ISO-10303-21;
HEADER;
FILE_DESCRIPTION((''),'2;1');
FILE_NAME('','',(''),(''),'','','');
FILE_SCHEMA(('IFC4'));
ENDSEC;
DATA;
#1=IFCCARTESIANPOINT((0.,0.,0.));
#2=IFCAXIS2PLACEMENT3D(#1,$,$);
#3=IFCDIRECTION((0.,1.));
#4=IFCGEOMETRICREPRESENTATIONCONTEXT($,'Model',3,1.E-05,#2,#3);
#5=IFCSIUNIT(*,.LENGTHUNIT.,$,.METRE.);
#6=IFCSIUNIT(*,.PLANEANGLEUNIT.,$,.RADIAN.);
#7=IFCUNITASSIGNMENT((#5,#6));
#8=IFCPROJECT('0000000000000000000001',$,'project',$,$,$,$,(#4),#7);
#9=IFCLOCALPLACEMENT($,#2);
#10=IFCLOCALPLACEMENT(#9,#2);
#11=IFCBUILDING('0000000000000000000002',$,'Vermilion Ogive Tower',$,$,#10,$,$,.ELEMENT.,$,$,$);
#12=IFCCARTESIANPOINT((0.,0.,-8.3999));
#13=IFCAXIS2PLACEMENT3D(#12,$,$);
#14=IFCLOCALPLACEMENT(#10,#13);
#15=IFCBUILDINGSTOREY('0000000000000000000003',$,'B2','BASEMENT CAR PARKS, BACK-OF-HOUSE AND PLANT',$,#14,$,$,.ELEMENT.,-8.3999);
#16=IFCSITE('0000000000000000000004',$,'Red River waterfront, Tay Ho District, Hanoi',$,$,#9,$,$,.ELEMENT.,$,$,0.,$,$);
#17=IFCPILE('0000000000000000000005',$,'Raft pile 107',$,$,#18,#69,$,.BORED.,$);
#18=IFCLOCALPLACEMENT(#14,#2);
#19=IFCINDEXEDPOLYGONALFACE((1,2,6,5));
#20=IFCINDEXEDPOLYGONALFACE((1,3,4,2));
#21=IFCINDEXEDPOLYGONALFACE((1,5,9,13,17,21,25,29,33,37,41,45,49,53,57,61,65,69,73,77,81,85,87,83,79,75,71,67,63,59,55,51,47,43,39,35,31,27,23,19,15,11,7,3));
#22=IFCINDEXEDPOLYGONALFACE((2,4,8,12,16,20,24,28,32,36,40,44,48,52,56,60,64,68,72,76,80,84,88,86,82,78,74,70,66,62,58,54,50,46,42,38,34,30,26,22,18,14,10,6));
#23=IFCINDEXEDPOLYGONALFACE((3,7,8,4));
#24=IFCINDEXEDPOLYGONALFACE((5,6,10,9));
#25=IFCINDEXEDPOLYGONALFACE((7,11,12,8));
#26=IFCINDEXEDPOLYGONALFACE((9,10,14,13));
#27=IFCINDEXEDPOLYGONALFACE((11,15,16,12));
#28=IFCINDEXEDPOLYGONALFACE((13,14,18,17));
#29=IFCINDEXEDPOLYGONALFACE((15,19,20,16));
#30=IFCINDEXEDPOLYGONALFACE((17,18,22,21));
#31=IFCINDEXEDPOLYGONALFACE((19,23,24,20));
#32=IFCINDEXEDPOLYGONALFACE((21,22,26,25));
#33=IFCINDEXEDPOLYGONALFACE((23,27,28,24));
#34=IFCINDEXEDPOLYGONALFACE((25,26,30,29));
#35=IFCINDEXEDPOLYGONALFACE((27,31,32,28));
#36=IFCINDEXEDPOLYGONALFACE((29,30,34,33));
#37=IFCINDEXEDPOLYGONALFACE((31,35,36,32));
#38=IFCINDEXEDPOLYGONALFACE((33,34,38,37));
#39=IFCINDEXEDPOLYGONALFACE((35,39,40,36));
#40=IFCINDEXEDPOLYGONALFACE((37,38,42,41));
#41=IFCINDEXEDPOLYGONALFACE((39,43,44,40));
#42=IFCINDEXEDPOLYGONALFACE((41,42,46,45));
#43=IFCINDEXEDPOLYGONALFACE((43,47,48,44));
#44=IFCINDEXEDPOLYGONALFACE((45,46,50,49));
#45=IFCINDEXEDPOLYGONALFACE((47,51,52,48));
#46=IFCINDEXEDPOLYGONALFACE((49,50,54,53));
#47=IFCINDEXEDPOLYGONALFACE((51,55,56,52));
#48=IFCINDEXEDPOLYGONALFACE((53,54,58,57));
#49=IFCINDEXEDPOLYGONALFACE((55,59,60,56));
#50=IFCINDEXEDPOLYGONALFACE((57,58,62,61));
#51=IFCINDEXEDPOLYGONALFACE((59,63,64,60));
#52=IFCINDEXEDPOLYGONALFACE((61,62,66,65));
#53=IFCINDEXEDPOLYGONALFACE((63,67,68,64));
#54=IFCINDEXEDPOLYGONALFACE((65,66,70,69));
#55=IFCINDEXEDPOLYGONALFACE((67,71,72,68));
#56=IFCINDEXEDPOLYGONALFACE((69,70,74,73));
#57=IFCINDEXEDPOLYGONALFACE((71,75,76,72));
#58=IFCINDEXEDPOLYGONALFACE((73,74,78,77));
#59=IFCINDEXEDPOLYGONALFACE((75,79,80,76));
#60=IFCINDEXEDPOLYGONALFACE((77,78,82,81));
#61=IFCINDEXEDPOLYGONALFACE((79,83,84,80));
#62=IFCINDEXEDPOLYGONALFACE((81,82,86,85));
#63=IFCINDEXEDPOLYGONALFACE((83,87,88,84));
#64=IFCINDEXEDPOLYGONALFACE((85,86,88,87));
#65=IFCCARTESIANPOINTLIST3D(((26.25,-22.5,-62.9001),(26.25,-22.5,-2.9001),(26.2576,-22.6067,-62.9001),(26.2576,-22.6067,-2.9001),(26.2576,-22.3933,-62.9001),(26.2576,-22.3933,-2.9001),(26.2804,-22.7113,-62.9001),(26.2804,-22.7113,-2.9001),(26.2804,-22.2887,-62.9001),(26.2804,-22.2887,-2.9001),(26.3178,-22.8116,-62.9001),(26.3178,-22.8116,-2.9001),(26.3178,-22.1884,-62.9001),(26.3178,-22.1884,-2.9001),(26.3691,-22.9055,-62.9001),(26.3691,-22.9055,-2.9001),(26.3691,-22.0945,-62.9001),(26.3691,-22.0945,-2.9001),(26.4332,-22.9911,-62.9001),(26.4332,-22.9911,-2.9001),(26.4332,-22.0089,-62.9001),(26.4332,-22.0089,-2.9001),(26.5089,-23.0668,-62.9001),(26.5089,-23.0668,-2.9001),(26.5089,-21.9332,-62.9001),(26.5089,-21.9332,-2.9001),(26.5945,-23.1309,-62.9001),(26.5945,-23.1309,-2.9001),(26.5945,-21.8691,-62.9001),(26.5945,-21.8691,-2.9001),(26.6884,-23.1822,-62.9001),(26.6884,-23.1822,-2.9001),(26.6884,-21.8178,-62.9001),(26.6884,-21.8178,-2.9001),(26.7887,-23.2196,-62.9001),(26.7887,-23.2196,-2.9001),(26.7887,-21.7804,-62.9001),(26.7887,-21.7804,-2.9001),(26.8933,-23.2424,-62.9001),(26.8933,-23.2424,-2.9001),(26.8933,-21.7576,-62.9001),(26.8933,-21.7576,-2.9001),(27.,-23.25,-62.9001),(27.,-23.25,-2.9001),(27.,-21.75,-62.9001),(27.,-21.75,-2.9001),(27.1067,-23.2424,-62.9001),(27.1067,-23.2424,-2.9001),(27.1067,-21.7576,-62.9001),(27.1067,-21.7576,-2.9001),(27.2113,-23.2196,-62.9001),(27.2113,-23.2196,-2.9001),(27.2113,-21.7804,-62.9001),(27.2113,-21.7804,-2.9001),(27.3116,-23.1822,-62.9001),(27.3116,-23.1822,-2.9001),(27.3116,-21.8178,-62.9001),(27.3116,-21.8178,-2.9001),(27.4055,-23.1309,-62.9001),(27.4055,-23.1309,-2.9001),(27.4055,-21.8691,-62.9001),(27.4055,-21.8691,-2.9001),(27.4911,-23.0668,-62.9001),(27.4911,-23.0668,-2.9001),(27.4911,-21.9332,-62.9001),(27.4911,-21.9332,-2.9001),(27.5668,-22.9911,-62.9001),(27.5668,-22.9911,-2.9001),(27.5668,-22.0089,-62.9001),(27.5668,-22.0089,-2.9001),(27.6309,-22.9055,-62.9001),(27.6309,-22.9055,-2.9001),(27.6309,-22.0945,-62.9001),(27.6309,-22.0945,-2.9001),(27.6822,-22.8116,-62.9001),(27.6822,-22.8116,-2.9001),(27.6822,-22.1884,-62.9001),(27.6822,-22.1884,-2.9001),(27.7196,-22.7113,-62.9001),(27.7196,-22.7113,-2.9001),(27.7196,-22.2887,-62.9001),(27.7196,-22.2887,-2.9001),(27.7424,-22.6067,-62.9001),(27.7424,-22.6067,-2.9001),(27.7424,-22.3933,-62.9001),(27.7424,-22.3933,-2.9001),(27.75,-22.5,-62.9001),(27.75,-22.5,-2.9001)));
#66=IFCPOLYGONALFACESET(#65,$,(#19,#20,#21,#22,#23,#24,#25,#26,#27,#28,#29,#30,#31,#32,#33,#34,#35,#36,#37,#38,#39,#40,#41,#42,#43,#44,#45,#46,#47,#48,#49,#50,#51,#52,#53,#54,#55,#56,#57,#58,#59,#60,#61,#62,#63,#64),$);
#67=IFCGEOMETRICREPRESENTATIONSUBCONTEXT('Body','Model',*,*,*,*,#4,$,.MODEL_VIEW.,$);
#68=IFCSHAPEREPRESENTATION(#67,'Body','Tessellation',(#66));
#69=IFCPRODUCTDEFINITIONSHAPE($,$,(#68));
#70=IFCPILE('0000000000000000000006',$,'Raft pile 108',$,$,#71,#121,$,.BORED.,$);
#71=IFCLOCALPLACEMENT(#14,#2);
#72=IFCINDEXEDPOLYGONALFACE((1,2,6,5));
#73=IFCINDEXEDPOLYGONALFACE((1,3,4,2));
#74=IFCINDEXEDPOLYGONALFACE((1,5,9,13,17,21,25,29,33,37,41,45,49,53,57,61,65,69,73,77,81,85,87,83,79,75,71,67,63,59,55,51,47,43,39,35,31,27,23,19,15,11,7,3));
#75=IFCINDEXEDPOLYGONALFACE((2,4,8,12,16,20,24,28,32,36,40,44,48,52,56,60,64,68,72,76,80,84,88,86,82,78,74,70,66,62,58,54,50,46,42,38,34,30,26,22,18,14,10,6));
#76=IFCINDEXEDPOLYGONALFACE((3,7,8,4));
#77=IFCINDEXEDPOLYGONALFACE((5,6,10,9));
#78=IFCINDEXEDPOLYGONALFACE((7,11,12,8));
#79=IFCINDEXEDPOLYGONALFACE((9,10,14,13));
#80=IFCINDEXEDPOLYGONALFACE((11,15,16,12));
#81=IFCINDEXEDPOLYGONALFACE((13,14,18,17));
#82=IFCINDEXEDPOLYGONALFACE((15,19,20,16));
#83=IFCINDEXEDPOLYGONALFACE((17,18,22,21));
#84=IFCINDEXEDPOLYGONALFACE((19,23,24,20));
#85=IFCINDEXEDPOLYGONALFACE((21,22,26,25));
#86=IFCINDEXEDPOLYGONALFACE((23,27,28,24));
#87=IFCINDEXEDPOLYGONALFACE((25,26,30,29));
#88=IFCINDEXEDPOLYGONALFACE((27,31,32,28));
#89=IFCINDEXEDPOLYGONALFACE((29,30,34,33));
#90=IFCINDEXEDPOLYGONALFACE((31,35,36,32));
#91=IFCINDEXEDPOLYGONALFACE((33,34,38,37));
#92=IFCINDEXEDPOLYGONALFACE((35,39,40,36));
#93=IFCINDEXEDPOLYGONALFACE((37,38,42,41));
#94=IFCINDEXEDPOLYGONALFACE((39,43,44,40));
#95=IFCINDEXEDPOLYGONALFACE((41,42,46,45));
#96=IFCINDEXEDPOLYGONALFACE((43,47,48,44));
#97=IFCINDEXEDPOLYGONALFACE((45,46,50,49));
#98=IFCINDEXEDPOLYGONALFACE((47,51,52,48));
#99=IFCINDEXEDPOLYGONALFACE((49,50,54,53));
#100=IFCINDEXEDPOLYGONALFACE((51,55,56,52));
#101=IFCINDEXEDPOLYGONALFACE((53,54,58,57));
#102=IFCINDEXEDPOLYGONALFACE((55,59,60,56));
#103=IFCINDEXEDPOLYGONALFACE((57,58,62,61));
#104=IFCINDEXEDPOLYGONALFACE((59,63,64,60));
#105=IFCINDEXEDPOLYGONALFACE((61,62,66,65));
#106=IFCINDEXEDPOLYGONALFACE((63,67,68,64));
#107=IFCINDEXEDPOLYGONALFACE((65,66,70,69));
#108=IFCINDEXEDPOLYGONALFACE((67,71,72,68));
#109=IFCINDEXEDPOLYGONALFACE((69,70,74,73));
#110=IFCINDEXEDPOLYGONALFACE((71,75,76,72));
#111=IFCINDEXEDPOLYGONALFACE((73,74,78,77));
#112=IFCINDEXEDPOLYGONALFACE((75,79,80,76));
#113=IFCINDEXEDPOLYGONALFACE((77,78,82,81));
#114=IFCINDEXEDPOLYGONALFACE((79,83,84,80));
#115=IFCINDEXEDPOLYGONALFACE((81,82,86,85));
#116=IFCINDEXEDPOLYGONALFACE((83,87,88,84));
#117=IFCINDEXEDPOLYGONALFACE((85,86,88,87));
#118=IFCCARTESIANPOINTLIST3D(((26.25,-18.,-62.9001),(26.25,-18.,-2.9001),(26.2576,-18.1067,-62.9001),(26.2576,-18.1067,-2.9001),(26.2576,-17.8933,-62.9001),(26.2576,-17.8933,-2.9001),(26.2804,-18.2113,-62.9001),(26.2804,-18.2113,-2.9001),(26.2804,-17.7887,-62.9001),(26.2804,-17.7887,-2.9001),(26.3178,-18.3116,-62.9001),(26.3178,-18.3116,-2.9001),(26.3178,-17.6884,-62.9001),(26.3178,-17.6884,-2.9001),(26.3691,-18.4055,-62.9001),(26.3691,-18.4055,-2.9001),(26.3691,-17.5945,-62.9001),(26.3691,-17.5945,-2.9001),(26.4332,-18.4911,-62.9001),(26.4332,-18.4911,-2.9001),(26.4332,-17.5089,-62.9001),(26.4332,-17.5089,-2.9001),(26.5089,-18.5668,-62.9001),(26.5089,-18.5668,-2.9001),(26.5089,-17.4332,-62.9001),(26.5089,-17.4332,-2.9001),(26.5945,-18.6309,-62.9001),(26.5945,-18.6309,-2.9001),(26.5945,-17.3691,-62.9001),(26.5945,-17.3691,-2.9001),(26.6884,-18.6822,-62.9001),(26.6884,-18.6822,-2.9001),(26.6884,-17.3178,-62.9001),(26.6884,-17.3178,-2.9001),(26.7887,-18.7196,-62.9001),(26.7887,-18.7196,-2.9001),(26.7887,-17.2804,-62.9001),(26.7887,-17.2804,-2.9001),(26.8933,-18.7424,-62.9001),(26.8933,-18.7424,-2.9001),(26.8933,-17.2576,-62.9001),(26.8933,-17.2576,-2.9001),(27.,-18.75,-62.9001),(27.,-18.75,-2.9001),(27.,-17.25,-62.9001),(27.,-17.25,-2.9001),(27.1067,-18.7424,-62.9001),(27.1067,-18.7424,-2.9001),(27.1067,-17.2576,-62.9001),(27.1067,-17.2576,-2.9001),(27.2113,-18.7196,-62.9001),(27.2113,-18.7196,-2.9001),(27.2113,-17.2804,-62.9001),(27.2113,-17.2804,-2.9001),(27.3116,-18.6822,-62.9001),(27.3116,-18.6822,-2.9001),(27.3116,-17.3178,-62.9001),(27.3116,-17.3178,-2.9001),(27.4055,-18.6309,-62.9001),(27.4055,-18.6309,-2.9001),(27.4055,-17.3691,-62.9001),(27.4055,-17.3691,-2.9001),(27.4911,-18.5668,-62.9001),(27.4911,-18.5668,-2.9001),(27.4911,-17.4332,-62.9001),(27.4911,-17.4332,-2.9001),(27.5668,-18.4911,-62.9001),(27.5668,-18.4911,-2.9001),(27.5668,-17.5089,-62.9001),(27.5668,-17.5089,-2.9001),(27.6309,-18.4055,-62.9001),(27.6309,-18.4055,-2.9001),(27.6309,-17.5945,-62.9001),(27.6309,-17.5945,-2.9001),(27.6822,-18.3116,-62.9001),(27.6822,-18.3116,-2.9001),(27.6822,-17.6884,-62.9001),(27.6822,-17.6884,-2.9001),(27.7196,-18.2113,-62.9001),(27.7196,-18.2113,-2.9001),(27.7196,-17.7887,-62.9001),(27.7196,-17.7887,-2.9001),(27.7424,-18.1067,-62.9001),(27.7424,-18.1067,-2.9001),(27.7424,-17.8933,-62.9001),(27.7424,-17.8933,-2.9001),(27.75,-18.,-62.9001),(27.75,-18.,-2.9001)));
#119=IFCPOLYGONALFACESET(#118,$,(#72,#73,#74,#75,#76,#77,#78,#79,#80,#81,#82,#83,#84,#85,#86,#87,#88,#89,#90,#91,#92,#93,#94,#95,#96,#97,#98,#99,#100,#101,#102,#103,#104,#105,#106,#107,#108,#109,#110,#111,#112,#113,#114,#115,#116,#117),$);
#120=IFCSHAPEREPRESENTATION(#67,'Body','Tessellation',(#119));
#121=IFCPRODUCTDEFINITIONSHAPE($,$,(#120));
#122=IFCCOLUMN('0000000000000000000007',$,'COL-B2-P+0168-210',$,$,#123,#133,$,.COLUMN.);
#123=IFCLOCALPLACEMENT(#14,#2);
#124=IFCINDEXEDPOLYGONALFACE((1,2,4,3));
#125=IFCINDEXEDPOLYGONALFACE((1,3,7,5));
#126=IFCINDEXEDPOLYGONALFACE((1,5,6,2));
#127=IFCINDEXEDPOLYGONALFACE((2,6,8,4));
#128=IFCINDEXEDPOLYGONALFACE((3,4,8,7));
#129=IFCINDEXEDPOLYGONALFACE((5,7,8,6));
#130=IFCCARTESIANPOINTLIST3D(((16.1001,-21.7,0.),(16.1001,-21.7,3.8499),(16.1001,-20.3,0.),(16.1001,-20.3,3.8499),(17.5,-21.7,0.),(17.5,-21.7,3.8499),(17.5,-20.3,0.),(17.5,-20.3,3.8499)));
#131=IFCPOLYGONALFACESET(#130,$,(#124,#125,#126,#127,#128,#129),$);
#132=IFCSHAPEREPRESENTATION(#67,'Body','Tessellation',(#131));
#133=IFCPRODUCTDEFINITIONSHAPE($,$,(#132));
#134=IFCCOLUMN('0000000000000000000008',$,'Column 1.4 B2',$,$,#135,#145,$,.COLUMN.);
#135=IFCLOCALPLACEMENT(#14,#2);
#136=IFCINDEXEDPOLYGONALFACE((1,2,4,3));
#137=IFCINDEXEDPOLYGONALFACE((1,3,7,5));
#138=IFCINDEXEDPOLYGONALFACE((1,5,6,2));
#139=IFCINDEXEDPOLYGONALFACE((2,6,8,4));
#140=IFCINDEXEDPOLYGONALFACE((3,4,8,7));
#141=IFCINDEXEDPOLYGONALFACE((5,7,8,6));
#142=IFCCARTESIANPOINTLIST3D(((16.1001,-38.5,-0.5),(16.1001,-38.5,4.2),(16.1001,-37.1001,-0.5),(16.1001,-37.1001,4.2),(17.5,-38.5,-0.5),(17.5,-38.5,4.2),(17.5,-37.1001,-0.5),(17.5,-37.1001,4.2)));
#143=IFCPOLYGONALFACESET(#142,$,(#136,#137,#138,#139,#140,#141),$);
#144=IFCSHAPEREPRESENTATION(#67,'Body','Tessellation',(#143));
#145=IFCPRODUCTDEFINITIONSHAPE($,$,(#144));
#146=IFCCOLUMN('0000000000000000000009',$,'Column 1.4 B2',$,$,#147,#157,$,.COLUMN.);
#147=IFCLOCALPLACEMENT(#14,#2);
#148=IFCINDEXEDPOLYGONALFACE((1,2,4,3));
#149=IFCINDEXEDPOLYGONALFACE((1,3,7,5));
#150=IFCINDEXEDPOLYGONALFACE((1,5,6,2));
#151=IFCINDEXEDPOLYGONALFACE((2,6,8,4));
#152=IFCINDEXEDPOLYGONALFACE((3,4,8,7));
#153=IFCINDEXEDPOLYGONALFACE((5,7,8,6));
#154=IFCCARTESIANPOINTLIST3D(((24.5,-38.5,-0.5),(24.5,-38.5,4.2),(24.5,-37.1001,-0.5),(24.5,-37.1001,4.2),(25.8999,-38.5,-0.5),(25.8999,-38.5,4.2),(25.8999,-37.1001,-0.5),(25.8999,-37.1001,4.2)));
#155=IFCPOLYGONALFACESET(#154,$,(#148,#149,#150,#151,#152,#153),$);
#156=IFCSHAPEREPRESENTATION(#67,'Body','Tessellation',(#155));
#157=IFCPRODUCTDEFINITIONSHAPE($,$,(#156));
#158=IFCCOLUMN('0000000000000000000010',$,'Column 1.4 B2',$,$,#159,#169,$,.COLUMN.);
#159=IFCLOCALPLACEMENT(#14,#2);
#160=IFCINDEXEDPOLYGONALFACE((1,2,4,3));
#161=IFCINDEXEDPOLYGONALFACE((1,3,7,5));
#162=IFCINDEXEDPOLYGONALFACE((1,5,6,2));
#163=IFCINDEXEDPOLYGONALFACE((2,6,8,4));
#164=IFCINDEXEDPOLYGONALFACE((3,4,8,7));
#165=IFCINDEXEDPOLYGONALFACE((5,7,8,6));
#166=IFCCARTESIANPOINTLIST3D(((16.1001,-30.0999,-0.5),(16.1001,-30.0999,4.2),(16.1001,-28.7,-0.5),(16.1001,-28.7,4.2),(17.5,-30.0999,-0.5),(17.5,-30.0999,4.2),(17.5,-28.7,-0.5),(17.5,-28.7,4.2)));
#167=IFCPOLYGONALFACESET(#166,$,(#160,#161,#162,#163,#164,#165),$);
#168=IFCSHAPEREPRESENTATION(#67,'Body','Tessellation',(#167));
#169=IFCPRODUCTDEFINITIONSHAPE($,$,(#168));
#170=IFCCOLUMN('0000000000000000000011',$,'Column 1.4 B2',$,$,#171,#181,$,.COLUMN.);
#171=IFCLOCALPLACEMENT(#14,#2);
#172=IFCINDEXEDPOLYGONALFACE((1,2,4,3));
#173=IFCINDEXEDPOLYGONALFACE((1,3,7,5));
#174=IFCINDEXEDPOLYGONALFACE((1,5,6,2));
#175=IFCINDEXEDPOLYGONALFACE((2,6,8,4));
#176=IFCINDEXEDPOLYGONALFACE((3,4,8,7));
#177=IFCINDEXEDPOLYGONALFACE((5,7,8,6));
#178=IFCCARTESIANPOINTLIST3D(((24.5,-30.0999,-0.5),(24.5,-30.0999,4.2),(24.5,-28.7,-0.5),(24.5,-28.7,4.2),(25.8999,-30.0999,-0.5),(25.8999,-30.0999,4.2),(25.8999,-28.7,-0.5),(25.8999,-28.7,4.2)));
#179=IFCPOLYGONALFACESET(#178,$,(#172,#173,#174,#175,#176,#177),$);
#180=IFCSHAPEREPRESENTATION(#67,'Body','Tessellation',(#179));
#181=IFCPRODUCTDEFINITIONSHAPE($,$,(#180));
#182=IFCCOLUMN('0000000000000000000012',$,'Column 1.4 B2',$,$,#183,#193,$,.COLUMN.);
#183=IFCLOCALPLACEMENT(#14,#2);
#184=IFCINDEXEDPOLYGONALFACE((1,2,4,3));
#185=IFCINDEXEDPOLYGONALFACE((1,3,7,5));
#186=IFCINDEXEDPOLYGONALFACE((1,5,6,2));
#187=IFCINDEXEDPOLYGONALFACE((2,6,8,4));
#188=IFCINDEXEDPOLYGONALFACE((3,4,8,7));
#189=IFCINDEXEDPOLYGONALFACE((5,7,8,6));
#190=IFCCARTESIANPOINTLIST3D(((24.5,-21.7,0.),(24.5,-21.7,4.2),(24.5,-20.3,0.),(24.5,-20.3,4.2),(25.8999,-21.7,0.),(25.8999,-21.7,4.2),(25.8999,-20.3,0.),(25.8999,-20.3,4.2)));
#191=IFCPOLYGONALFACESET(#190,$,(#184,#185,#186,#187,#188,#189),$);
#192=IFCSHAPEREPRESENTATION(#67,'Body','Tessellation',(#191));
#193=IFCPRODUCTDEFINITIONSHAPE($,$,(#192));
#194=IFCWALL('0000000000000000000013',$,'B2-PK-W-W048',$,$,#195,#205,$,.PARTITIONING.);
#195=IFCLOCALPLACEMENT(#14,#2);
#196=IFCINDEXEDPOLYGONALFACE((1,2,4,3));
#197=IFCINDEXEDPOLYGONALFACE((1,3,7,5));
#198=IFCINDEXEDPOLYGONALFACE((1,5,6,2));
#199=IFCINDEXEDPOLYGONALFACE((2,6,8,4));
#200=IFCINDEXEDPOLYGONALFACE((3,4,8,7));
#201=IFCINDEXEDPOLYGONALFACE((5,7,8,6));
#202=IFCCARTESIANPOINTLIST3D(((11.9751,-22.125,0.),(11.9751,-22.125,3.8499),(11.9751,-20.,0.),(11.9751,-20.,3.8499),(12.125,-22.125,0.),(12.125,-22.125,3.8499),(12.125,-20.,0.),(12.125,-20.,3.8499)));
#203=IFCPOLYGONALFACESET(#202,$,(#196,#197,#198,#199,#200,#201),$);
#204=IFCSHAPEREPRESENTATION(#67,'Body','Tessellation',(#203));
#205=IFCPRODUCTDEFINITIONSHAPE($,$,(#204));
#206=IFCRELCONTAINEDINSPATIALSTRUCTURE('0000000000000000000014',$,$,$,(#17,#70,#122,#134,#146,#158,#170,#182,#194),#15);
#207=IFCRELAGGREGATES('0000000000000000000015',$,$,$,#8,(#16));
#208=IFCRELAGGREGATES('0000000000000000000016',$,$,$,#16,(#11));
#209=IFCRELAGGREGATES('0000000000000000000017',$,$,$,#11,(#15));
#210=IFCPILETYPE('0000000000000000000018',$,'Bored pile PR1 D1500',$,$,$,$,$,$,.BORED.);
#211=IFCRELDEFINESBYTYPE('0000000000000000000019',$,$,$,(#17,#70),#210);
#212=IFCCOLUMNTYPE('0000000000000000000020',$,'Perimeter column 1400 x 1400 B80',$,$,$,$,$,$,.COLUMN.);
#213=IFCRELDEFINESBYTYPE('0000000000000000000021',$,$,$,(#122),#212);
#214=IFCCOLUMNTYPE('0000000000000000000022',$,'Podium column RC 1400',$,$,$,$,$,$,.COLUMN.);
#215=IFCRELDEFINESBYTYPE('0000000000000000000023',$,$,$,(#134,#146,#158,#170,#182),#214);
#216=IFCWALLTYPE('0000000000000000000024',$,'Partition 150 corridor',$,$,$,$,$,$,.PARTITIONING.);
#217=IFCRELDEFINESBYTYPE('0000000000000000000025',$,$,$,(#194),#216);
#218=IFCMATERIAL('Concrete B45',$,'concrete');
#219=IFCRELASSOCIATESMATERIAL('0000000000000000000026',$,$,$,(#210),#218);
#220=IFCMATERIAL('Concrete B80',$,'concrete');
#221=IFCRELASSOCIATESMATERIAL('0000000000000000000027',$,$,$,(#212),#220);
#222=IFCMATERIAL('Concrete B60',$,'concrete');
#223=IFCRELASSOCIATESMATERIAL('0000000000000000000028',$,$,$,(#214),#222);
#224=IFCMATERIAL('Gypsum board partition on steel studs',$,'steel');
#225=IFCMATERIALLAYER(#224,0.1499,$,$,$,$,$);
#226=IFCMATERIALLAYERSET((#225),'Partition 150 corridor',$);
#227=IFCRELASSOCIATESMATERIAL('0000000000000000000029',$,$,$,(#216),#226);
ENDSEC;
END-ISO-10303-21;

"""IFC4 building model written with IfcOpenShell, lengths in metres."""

from ifc_helpers import new_model, si_unit, direction, frame, frame_2d, origin, origin_2d, place, context, subcontext, project, spatial, rectangle, circle, extrude, material, layer, layer_set, material_profile, profile_set, type_object, element, save


model = new_model("IFC4")

# Units and contexts
model_context = context("Model", 3, precision=1e-05, world=origin(), true_north=direction((0.0, 1.0)))
body_context = subcontext(model_context, "Body", "Model", "MODEL_VIEW")
ifc_project = project(units=[si_unit("LENGTHUNIT", "METRE"), si_unit("PLANEANGLEUNIT", "RADIAN")], contexts=[model_context])

# Site, building, storey
site_placement = place(None, origin())
site = spatial("IfcSite", under=ifc_project, at=site_placement, Name="Red River waterfront, Tay Ho District, Hanoi", CompositionType="ELEMENT", RefElevation=0.0)
building_placement = place(site_placement, origin())
building = spatial("IfcBuilding", under=site, at=building_placement, Name="Vermilion Ogive Tower", CompositionType="ELEMENT")
storey_placement = place(building_placement, frame((0.0, 0.0, -8.3999)))
storey = spatial("IfcBuildingStorey", under=building, at=storey_placement, Name="B2", Description="BASEMENT CAR PARKS, BACK-OF-HOUSE AND PLANT", CompositionType="ELEMENT", Elevation=-8.3999)

# Piles
ifc_material_1 = material(Name="Concrete B45", Category="concrete")
pile_type_1 = type_object("IfcPileType", Name="Bored pile PR1 D1500", PredefinedType="BORED", material=ifc_material_1)
for number, where, z_axis, x_axis, name in (
    (1, (27.0, -22.5, -2.9001), (0.0, 0.0, -1.0), (1.0, 0.0, 0.0), "Raft pile 107"),
    (2, (27.0, -18.0, -2.9001), (0.0, 0.0, -1.0), (1.0, 0.0, 0.0), "Raft pile 108"),
):
    element("IfcPile", number, at=place(storey_placement, frame(where, z_axis=z_axis, x_axis=x_axis)), inside=storey, type_object=pile_type_1, Name=name, PredefinedType="BORED", context=body_context, shape_type="SweptSolid", body=[
        extrude(circle(Radius=0.75, at=origin_2d()), origin(), (0.0, 0.0, 1.0), 60.0),
    ])

# Columns
ifc_material_2 = material(Name="Concrete B80", Category="concrete")
ifc_material_profile_1 = material_profile(ifc_material_2, rectangle(XDim=1.3999, YDim=1.3999, at=origin_2d()), Name="1400 x 1400")
ifc_profile_set_1 = profile_set([ifc_material_profile_1], Name="Concrete B80")
column_type_1 = type_object("IfcColumnType", Name="Perimeter column 1400 x 1400 B80", PredefinedType="COLUMN", material=ifc_profile_set_1)
column_1_placement = place(storey_placement, frame((16.8, -21.0, 0.0), z_axis=(0.0, 0.0, 1.0), x_axis=(1.0, 0.0, 0.0)))
element("IfcColumn", 3, at=column_1_placement, inside=storey, type_object=column_type_1, Name="COL-B2-P+0168-210", PredefinedType="COLUMN", context=body_context, shape_type="SweptSolid", body=[
    extrude(rectangle(XDim=1.3999, YDim=1.3999, at=origin_2d()), origin(), (0.0, 0.0, 1.0), 3.8499),
])
ifc_material_3 = material(Name="Concrete B60", Category="concrete")
ifc_material_profile_2 = material_profile(ifc_material_3, rectangle(XDim=1.3999, YDim=1.3999, at=origin_2d()), Name="RC 1400x1400")
ifc_profile_set_2 = profile_set([ifc_material_profile_2], Name="Concrete B60")
column_type_2 = type_object("IfcColumnType", Name="Podium column RC 1400", PredefinedType="COLUMN", material=ifc_profile_set_2)
for number, where, z_axis, x_axis, name in (
    (4, (16.8, -37.8, -0.5), (0.0, 0.0, 1.0), (1.0, 0.0, 0.0), "Column 1.4 B2"),
    (5, (25.2, -37.8, -0.5), (0.0, 0.0, 1.0), (1.0, 0.0, 0.0), "Column 1.4 B2"),
    (6, (16.8, -29.3999, -0.5), (0.0, 0.0, 1.0), (1.0, 0.0, 0.0), "Column 1.4 B2"),
    (7, (25.2, -29.3999, -0.5), (0.0, 0.0, 1.0), (1.0, 0.0, 0.0), "Column 1.4 B2"),
):
    element("IfcColumn", number, at=place(storey_placement, frame(where, z_axis=z_axis, x_axis=x_axis)), inside=storey, type_object=column_type_2, Name=name, PredefinedType="COLUMN", context=body_context, shape_type="SweptSolid", body=[
        extrude(rectangle(XDim=1.3999, YDim=1.3999, at=origin_2d()), origin(), (0.0, 0.0, 1.0), 4.7),
    ])
column_2_placement = place(storey_placement, frame((25.2, -21.0, 0.0), z_axis=(0.0, 0.0, 1.0), x_axis=(1.0, 0.0, 0.0)))
element("IfcColumn", 8, at=column_2_placement, inside=storey, type_object=column_type_2, Name="Column 1.4 B2", PredefinedType="COLUMN", context=body_context, shape_type="SweptSolid", body=[
    extrude(rectangle(XDim=1.3999, YDim=1.3999, at=origin_2d()), origin(), (0.0, 0.0, 1.0), 4.2),
])

# Wall
ifc_material_4 = material(Name="Gypsum board partition on steel studs", Category="steel")
ifc_layer_1 = layer(ifc_material_4, 0.1499)
ifc_layer_set_1 = layer_set([ifc_layer_1], Name="Partition 150 corridor")
wall_type_1 = type_object("IfcWallType", Name="Partition 150 corridor", PredefinedType="PARTITIONING", material=ifc_layer_set_1)
wall_1_placement = place(storey_placement, frame((12.05, -22.125, 0.0), z_axis=(0.0, 0.0, 1.0), x_axis=(0.0, 1.0, 0.0)))
element("IfcWall", 9, at=wall_1_placement, inside=storey, type_object=wall_type_1, Name="B2-PK-W-W048", PredefinedType="PARTITIONING", context=body_context, shape_type="SweptSolid", body=[
    extrude(rectangle(XDim=2.125, YDim=0.1499, at=frame_2d((1.0625, 0.0))), origin(), (0.0, 0.0, 1.0), 3.8499),
])

save(model, "model.ifc")
